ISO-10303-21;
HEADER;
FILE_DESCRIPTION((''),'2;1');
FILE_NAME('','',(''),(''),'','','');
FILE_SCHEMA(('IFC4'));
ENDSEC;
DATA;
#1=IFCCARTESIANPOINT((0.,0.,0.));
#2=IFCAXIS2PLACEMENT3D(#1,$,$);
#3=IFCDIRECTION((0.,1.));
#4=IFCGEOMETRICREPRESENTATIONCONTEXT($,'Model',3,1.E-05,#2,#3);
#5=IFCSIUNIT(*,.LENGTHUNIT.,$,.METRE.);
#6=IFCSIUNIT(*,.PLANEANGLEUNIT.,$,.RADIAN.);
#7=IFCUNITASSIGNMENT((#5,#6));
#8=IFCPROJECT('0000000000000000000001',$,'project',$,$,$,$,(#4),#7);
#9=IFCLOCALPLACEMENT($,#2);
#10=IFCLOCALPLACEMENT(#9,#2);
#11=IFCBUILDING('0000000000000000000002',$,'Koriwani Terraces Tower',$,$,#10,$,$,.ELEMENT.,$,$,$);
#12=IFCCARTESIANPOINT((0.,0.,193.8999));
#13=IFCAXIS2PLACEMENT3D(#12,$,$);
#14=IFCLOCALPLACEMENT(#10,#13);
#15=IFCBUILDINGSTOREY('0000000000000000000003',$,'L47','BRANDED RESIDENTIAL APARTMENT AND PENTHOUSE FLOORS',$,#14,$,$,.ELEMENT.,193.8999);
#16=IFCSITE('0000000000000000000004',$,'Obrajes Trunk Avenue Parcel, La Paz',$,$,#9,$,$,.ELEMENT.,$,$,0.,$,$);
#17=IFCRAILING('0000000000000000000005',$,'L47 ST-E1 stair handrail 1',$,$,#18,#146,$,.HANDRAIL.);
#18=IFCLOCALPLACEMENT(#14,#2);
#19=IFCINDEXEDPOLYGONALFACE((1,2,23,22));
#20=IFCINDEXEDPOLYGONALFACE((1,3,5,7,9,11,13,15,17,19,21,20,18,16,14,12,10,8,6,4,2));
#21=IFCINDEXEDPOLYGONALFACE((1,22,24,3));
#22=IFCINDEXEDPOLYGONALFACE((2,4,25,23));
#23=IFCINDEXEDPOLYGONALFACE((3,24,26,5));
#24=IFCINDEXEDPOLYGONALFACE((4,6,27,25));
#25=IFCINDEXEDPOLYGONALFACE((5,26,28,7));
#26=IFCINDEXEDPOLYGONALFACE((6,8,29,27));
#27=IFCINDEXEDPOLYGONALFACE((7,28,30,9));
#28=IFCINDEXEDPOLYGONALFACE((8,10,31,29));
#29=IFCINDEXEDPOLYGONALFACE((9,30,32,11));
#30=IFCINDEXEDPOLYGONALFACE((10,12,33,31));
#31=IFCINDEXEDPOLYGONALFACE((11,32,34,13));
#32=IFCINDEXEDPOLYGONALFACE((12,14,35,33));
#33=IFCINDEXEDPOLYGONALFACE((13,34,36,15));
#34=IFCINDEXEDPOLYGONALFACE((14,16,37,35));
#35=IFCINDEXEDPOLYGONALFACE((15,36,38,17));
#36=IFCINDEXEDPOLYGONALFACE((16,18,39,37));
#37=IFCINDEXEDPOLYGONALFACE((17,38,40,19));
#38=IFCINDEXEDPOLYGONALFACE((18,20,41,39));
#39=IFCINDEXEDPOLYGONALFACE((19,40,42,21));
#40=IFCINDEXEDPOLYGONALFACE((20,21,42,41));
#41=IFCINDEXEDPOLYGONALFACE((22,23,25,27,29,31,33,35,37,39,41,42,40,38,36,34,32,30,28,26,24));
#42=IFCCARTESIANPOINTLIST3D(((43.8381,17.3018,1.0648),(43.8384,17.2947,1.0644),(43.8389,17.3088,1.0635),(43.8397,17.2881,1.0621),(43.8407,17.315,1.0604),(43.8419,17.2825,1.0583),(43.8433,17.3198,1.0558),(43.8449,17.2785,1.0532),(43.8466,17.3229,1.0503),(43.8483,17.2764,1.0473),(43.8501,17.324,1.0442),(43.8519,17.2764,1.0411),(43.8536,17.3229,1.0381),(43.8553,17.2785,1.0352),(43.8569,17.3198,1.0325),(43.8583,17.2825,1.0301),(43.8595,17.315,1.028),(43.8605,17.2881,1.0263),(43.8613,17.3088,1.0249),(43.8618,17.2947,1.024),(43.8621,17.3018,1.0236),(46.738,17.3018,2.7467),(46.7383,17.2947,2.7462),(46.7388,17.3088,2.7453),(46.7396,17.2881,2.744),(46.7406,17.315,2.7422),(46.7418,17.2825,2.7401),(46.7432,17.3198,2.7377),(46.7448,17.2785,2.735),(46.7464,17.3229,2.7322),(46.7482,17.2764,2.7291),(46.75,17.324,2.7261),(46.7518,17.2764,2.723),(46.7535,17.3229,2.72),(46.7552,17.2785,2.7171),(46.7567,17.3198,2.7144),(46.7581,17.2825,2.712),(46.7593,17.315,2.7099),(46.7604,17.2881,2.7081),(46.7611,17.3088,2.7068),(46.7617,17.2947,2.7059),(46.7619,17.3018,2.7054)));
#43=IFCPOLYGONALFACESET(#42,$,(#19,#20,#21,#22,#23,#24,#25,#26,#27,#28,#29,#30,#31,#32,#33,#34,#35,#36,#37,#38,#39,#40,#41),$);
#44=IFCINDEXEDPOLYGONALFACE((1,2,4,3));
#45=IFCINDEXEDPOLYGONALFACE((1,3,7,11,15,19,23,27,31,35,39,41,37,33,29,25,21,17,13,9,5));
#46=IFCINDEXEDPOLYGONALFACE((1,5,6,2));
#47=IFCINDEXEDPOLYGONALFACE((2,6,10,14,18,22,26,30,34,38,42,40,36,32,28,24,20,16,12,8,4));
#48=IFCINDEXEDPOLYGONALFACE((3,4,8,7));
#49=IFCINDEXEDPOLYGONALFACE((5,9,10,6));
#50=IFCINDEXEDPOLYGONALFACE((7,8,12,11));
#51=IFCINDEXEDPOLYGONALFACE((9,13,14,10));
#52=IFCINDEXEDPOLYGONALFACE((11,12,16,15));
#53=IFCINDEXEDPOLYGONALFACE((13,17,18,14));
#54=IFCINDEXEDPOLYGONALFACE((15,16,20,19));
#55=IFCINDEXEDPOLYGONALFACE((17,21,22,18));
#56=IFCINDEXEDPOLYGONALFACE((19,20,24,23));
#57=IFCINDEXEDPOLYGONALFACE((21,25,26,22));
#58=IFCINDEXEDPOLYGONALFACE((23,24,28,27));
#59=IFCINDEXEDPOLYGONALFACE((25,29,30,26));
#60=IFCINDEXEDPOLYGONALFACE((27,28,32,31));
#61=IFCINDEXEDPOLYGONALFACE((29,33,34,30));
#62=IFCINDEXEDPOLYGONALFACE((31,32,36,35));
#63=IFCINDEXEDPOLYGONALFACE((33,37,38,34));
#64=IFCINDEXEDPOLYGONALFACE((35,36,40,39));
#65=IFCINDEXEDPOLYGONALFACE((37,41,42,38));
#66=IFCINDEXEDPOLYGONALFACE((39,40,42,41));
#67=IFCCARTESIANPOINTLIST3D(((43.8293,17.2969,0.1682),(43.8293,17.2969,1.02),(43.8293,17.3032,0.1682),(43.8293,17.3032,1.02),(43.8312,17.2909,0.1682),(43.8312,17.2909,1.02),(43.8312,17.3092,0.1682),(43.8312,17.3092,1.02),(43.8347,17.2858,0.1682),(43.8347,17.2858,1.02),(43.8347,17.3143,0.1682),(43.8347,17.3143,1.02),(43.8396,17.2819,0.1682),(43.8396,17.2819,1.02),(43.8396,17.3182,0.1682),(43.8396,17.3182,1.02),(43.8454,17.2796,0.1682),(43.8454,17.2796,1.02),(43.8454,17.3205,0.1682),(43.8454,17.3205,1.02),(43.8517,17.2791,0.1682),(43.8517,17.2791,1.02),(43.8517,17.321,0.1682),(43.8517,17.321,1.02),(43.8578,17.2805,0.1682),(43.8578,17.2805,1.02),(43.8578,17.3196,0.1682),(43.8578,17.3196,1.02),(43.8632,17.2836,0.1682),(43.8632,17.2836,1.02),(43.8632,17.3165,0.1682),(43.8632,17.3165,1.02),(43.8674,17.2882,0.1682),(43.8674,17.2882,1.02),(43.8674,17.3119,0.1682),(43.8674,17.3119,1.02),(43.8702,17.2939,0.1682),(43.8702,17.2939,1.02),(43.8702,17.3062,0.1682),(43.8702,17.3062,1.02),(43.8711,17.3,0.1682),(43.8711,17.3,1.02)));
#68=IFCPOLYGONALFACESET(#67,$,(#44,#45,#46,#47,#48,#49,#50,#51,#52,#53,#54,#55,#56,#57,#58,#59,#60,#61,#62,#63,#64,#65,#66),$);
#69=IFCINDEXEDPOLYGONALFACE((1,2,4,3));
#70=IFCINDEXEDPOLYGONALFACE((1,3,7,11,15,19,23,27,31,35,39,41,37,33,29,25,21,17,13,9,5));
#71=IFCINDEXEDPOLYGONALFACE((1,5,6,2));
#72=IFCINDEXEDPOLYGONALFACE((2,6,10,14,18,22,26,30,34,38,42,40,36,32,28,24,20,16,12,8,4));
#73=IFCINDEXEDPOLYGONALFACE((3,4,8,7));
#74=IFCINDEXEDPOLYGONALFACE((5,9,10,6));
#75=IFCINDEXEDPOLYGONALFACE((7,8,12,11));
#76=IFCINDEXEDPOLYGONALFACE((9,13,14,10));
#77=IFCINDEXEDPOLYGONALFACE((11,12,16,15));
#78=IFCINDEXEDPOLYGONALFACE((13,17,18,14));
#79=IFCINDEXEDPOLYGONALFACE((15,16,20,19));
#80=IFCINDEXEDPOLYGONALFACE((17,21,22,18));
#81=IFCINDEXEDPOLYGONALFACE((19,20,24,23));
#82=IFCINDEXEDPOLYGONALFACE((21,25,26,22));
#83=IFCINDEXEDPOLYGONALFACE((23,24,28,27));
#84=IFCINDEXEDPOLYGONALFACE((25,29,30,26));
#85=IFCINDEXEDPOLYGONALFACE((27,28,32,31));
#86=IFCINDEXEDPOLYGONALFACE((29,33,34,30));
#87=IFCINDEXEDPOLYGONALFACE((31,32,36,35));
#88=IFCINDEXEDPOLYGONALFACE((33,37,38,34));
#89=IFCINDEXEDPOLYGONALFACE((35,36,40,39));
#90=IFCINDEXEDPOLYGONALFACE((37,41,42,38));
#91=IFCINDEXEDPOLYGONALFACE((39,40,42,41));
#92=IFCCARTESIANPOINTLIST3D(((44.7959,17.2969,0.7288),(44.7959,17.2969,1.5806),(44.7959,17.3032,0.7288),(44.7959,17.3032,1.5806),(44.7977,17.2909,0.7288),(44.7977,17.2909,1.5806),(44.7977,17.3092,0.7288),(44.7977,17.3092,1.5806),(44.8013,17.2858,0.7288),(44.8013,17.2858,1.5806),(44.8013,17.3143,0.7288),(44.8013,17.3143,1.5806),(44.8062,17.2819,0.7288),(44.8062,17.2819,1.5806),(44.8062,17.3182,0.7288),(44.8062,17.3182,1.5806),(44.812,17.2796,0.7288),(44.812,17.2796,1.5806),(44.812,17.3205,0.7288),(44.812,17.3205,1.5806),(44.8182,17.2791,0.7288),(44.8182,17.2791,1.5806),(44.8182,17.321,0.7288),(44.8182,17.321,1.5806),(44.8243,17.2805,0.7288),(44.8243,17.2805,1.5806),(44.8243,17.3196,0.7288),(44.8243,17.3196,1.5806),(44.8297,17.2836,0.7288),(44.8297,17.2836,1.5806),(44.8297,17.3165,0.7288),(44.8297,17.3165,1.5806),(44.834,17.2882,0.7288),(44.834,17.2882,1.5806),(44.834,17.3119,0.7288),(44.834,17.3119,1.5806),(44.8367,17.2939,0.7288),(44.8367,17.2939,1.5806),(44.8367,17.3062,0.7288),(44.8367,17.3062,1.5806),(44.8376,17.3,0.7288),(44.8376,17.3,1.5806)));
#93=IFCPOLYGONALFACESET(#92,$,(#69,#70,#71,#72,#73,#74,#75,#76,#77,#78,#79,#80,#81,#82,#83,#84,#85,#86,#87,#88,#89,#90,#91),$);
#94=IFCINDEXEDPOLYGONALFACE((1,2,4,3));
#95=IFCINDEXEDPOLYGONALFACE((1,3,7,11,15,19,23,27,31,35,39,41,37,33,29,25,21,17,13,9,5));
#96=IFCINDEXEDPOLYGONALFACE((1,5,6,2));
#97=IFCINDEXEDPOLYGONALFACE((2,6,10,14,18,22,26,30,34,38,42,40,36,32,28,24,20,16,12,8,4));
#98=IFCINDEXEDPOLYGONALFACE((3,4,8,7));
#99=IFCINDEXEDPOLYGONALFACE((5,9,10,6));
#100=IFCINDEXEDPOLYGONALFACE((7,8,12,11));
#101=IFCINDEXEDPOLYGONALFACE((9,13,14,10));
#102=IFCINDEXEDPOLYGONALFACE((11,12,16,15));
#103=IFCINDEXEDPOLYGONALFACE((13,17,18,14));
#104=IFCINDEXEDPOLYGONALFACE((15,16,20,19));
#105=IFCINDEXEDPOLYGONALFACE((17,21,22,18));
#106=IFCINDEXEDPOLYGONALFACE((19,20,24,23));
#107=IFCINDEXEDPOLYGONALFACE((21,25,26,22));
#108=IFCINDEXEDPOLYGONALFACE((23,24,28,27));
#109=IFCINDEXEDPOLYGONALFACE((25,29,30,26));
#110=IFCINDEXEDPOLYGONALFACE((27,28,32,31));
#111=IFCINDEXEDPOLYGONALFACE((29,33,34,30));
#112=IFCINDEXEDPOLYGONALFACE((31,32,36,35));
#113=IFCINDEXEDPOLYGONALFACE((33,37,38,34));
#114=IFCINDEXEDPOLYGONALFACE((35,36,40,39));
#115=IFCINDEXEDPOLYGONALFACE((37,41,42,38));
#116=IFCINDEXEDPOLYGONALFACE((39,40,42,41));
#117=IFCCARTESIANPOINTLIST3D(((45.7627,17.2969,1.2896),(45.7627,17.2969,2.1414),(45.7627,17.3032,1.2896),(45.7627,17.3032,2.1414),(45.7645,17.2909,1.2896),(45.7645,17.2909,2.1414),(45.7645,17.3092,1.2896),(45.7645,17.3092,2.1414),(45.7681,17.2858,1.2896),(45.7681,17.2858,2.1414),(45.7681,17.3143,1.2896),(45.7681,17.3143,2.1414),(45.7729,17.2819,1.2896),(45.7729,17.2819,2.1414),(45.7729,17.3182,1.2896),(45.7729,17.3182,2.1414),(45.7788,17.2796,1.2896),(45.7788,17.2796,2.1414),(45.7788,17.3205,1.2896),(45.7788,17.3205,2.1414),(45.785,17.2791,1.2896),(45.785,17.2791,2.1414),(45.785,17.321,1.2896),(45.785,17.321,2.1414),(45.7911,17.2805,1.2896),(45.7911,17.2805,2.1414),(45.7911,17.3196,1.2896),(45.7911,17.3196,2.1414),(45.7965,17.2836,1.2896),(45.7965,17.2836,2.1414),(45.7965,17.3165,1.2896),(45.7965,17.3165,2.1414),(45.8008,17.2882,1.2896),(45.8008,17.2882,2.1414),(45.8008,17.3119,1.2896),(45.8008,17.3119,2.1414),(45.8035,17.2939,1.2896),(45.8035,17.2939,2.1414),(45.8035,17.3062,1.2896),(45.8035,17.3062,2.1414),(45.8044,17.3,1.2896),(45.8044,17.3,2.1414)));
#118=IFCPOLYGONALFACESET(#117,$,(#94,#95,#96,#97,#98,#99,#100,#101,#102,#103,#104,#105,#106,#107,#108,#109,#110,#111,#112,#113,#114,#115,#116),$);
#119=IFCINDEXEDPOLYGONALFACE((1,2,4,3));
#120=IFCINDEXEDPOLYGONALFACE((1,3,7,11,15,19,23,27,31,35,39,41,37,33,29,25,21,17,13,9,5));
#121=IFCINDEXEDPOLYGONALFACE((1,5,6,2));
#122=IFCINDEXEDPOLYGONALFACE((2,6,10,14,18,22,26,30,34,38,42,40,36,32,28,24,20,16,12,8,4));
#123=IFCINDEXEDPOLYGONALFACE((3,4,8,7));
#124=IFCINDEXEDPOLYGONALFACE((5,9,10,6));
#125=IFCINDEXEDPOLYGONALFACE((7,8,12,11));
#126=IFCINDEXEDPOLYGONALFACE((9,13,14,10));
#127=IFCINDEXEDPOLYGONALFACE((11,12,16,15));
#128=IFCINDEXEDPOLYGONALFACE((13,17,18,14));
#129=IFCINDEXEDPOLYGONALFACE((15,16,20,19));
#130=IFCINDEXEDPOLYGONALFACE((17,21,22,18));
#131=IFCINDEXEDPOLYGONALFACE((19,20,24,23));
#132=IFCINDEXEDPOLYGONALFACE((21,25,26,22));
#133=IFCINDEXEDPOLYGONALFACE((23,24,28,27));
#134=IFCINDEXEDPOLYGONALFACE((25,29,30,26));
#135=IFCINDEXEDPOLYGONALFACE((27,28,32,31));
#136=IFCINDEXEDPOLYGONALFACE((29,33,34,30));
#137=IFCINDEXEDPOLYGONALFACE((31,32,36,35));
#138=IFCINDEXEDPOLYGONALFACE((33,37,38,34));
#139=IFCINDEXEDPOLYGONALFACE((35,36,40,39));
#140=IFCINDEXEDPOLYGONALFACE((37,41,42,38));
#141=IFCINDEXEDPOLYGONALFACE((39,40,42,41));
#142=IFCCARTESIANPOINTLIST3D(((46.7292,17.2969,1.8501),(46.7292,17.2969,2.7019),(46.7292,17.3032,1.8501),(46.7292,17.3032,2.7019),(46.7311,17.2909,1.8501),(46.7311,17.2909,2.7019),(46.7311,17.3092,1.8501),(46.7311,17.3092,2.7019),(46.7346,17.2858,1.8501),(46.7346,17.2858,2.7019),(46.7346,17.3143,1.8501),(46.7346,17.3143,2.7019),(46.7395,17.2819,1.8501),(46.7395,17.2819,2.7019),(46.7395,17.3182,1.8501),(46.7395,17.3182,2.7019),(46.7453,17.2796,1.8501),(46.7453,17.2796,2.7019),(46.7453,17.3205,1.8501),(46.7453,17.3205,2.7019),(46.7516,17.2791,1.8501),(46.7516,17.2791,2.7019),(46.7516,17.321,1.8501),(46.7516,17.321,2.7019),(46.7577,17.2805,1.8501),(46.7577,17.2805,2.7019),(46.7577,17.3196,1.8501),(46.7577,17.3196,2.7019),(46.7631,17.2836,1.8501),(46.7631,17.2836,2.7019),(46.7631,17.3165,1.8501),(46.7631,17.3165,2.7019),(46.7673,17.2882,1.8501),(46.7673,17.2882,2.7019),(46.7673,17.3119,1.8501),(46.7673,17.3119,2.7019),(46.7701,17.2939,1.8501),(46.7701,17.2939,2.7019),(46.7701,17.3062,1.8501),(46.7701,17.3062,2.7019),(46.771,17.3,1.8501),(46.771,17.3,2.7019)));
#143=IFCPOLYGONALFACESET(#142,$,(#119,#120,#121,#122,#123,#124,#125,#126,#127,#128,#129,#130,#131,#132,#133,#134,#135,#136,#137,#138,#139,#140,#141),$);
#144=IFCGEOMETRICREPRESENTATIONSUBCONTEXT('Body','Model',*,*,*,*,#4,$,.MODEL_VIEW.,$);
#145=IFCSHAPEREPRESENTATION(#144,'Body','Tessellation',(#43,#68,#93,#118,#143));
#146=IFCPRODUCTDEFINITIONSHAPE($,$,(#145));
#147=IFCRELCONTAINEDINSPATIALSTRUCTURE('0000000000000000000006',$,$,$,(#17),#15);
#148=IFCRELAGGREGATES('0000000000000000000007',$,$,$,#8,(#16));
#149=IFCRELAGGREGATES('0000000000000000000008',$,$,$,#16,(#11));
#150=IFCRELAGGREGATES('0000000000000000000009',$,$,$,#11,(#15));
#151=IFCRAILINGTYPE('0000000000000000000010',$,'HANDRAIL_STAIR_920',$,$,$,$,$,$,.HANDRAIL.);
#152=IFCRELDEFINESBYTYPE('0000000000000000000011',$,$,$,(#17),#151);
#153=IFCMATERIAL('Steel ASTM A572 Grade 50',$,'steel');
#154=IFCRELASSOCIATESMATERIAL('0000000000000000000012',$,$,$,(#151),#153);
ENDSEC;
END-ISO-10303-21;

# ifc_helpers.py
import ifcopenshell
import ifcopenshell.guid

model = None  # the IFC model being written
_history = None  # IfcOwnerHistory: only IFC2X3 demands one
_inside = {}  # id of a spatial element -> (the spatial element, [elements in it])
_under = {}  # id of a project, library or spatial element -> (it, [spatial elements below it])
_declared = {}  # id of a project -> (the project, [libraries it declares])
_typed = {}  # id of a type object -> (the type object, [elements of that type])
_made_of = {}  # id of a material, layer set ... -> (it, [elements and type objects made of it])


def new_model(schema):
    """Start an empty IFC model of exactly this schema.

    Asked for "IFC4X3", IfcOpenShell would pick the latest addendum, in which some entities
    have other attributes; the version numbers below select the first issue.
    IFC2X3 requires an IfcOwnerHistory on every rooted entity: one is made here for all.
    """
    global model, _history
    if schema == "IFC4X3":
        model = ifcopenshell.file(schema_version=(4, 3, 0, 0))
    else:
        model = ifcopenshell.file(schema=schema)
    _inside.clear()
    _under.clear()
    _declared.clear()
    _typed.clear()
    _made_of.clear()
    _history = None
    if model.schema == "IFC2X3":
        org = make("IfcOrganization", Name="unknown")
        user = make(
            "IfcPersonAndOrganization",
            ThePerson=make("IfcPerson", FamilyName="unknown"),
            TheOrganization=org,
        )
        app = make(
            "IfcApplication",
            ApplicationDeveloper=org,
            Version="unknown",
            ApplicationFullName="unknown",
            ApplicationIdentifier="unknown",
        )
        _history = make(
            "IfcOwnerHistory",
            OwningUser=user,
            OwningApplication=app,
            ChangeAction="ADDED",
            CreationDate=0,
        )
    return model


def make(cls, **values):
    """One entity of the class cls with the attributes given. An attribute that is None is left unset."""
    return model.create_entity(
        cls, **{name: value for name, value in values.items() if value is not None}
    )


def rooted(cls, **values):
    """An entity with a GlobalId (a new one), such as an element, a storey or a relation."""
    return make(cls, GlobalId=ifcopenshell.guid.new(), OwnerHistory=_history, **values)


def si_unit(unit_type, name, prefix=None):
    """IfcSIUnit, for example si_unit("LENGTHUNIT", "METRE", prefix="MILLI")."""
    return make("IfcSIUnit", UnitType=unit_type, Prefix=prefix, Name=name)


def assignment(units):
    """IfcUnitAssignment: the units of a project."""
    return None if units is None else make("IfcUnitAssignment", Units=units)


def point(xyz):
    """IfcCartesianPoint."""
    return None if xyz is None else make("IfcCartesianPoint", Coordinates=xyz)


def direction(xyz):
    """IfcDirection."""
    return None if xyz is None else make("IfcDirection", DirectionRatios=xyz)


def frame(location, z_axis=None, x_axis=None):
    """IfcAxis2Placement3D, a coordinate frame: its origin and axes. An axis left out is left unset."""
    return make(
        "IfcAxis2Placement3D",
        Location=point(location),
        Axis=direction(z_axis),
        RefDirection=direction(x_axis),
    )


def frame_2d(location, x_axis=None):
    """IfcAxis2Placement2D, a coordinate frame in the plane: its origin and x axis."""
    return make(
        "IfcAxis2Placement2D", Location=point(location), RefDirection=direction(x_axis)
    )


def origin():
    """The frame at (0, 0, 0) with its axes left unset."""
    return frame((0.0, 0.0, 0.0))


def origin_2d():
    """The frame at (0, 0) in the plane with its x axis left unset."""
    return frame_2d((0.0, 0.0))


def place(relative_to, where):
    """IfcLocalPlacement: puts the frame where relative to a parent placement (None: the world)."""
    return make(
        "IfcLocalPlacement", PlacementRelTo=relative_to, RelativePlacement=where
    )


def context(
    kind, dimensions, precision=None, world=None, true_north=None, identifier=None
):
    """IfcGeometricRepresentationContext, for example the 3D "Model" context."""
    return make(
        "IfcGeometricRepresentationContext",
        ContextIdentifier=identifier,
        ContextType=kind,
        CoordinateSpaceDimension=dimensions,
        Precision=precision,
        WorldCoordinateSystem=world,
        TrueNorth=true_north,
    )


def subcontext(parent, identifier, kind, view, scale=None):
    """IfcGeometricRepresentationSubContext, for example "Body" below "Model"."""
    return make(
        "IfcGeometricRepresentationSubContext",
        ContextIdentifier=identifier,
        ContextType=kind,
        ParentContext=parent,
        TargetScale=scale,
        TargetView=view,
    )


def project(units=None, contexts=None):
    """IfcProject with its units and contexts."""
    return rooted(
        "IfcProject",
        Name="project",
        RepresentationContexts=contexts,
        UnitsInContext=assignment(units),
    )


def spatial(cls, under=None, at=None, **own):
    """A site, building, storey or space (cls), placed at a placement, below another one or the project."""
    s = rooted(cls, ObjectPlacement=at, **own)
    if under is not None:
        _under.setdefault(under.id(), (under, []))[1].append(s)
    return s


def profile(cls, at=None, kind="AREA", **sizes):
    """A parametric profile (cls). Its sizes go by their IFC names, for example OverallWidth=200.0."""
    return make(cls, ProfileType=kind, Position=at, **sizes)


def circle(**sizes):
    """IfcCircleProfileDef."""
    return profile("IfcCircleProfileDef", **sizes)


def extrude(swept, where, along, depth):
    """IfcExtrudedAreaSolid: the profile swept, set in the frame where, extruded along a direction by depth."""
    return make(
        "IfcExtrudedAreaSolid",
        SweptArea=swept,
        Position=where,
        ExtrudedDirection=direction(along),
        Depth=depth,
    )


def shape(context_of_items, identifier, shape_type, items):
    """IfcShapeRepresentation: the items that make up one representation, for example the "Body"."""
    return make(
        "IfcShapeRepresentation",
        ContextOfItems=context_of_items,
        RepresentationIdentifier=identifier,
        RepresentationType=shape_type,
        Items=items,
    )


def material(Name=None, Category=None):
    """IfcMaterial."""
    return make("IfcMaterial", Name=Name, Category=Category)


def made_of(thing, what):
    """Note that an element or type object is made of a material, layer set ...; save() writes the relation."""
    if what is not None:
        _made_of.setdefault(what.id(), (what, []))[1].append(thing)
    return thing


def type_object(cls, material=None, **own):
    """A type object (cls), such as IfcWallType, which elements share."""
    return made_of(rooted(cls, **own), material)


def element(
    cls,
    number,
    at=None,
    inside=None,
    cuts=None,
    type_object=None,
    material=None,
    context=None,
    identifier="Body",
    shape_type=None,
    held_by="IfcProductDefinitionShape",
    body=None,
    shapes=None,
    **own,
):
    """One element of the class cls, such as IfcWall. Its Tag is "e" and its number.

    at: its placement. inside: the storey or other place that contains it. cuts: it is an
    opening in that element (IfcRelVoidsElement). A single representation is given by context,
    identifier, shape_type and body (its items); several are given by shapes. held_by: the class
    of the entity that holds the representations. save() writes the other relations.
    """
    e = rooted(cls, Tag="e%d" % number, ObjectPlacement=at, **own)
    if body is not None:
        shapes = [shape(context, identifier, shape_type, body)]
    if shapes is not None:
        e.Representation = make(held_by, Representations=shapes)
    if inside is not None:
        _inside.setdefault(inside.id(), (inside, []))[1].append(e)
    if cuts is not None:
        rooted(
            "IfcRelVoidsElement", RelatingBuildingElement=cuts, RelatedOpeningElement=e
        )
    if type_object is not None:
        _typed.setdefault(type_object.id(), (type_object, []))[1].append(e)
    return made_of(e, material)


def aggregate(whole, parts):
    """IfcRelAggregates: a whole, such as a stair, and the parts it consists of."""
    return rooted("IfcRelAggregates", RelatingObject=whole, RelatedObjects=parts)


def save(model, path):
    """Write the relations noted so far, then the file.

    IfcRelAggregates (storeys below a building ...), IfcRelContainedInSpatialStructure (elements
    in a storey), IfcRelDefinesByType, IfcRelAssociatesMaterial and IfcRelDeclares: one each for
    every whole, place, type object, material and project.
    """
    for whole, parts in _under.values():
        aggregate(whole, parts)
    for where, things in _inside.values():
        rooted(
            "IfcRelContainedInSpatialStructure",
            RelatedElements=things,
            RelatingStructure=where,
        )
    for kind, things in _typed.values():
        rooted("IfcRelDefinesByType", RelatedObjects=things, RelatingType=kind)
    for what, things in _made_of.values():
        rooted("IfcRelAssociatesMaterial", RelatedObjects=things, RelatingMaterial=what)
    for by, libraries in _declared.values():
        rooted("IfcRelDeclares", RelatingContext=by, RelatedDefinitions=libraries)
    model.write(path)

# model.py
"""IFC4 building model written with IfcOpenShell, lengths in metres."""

from ifc_helpers import new_model, si_unit, direction, frame, origin, origin_2d, place, context, subcontext, project, spatial, circle, extrude, material, type_object, element, save


model = new_model("IFC4")

# Units and contexts
model_context = context("Model", 3, precision=1e-05, world=origin(), true_north=direction((0.0, 1.0)))
body_context = subcontext(model_context, "Body", "Model", "MODEL_VIEW")
ifc_project = project(units=[si_unit("LENGTHUNIT", "METRE"), si_unit("PLANEANGLEUNIT", "RADIAN")], contexts=[model_context])

# Site, building, storey
site_placement = place(None, origin())
site = spatial("IfcSite", under=ifc_project, at=site_placement, Name="Obrajes Trunk Avenue Parcel, La Paz", CompositionType="ELEMENT", RefElevation=0.0)
building_placement = place(site_placement, origin())
building = spatial("IfcBuilding", under=site, at=building_placement, Name="Koriwani Terraces Tower", CompositionType="ELEMENT")
storey_placement = place(building_placement, frame((0.0, 0.0, 193.8999)))
storey = spatial("IfcBuildingStorey", under=building, at=storey_placement, Name="L47", Description="BRANDED RESIDENTIAL APARTMENT AND PENTHOUSE FLOORS", CompositionType="ELEMENT", Elevation=193.8999)

# Shared definitions
ifc_material_1 = material(Name="Steel ASTM A572 Grade 50", Category="steel")

# Railing
railing_type_1 = type_object("IfcRailingType", Name="HANDRAIL_STAIR_920", PredefinedType="HANDRAIL", material=ifc_material_1)
railing_1_placement = place(storey_placement, frame((43.8501, 17.3, 0.1682)))
element("IfcRailing", 1, at=railing_1_placement, inside=storey, type_object=railing_type_1, Name="L47 ST-E1 stair handrail 1", PredefinedType="HANDRAIL", context=body_context, shape_type="SweptSolid", body=[
    extrude(circle(Radius=0.0239, at=origin_2d()), frame((0.0, 0.0, 0.876), z_axis=(0.865039, 0.0, 0.501705), x_axis=(0.0, 1.0, 0.0)), (0.0, 0.0, 1.0), 3.3523),
    extrude(circle(Radius=0.021, at=origin_2d()), origin(), (0.0, 0.0, 1.0), 0.8518),
    extrude(circle(Radius=0.021, at=origin_2d()), frame((0.9666, 0.0, 0.5605)), (0.0, 0.0, 1.0), 0.8518),
    extrude(circle(Radius=0.021, at=origin_2d()), frame((1.9333, 0.0, 1.1213)), (0.0, 0.0, 1.0), 0.8518),
    extrude(circle(Radius=0.021, at=origin_2d()), frame((2.8999, 0.0, 1.6819)), (0.0, 0.0, 1.0), 0.8518),
])

save(model, "model.ifc")
